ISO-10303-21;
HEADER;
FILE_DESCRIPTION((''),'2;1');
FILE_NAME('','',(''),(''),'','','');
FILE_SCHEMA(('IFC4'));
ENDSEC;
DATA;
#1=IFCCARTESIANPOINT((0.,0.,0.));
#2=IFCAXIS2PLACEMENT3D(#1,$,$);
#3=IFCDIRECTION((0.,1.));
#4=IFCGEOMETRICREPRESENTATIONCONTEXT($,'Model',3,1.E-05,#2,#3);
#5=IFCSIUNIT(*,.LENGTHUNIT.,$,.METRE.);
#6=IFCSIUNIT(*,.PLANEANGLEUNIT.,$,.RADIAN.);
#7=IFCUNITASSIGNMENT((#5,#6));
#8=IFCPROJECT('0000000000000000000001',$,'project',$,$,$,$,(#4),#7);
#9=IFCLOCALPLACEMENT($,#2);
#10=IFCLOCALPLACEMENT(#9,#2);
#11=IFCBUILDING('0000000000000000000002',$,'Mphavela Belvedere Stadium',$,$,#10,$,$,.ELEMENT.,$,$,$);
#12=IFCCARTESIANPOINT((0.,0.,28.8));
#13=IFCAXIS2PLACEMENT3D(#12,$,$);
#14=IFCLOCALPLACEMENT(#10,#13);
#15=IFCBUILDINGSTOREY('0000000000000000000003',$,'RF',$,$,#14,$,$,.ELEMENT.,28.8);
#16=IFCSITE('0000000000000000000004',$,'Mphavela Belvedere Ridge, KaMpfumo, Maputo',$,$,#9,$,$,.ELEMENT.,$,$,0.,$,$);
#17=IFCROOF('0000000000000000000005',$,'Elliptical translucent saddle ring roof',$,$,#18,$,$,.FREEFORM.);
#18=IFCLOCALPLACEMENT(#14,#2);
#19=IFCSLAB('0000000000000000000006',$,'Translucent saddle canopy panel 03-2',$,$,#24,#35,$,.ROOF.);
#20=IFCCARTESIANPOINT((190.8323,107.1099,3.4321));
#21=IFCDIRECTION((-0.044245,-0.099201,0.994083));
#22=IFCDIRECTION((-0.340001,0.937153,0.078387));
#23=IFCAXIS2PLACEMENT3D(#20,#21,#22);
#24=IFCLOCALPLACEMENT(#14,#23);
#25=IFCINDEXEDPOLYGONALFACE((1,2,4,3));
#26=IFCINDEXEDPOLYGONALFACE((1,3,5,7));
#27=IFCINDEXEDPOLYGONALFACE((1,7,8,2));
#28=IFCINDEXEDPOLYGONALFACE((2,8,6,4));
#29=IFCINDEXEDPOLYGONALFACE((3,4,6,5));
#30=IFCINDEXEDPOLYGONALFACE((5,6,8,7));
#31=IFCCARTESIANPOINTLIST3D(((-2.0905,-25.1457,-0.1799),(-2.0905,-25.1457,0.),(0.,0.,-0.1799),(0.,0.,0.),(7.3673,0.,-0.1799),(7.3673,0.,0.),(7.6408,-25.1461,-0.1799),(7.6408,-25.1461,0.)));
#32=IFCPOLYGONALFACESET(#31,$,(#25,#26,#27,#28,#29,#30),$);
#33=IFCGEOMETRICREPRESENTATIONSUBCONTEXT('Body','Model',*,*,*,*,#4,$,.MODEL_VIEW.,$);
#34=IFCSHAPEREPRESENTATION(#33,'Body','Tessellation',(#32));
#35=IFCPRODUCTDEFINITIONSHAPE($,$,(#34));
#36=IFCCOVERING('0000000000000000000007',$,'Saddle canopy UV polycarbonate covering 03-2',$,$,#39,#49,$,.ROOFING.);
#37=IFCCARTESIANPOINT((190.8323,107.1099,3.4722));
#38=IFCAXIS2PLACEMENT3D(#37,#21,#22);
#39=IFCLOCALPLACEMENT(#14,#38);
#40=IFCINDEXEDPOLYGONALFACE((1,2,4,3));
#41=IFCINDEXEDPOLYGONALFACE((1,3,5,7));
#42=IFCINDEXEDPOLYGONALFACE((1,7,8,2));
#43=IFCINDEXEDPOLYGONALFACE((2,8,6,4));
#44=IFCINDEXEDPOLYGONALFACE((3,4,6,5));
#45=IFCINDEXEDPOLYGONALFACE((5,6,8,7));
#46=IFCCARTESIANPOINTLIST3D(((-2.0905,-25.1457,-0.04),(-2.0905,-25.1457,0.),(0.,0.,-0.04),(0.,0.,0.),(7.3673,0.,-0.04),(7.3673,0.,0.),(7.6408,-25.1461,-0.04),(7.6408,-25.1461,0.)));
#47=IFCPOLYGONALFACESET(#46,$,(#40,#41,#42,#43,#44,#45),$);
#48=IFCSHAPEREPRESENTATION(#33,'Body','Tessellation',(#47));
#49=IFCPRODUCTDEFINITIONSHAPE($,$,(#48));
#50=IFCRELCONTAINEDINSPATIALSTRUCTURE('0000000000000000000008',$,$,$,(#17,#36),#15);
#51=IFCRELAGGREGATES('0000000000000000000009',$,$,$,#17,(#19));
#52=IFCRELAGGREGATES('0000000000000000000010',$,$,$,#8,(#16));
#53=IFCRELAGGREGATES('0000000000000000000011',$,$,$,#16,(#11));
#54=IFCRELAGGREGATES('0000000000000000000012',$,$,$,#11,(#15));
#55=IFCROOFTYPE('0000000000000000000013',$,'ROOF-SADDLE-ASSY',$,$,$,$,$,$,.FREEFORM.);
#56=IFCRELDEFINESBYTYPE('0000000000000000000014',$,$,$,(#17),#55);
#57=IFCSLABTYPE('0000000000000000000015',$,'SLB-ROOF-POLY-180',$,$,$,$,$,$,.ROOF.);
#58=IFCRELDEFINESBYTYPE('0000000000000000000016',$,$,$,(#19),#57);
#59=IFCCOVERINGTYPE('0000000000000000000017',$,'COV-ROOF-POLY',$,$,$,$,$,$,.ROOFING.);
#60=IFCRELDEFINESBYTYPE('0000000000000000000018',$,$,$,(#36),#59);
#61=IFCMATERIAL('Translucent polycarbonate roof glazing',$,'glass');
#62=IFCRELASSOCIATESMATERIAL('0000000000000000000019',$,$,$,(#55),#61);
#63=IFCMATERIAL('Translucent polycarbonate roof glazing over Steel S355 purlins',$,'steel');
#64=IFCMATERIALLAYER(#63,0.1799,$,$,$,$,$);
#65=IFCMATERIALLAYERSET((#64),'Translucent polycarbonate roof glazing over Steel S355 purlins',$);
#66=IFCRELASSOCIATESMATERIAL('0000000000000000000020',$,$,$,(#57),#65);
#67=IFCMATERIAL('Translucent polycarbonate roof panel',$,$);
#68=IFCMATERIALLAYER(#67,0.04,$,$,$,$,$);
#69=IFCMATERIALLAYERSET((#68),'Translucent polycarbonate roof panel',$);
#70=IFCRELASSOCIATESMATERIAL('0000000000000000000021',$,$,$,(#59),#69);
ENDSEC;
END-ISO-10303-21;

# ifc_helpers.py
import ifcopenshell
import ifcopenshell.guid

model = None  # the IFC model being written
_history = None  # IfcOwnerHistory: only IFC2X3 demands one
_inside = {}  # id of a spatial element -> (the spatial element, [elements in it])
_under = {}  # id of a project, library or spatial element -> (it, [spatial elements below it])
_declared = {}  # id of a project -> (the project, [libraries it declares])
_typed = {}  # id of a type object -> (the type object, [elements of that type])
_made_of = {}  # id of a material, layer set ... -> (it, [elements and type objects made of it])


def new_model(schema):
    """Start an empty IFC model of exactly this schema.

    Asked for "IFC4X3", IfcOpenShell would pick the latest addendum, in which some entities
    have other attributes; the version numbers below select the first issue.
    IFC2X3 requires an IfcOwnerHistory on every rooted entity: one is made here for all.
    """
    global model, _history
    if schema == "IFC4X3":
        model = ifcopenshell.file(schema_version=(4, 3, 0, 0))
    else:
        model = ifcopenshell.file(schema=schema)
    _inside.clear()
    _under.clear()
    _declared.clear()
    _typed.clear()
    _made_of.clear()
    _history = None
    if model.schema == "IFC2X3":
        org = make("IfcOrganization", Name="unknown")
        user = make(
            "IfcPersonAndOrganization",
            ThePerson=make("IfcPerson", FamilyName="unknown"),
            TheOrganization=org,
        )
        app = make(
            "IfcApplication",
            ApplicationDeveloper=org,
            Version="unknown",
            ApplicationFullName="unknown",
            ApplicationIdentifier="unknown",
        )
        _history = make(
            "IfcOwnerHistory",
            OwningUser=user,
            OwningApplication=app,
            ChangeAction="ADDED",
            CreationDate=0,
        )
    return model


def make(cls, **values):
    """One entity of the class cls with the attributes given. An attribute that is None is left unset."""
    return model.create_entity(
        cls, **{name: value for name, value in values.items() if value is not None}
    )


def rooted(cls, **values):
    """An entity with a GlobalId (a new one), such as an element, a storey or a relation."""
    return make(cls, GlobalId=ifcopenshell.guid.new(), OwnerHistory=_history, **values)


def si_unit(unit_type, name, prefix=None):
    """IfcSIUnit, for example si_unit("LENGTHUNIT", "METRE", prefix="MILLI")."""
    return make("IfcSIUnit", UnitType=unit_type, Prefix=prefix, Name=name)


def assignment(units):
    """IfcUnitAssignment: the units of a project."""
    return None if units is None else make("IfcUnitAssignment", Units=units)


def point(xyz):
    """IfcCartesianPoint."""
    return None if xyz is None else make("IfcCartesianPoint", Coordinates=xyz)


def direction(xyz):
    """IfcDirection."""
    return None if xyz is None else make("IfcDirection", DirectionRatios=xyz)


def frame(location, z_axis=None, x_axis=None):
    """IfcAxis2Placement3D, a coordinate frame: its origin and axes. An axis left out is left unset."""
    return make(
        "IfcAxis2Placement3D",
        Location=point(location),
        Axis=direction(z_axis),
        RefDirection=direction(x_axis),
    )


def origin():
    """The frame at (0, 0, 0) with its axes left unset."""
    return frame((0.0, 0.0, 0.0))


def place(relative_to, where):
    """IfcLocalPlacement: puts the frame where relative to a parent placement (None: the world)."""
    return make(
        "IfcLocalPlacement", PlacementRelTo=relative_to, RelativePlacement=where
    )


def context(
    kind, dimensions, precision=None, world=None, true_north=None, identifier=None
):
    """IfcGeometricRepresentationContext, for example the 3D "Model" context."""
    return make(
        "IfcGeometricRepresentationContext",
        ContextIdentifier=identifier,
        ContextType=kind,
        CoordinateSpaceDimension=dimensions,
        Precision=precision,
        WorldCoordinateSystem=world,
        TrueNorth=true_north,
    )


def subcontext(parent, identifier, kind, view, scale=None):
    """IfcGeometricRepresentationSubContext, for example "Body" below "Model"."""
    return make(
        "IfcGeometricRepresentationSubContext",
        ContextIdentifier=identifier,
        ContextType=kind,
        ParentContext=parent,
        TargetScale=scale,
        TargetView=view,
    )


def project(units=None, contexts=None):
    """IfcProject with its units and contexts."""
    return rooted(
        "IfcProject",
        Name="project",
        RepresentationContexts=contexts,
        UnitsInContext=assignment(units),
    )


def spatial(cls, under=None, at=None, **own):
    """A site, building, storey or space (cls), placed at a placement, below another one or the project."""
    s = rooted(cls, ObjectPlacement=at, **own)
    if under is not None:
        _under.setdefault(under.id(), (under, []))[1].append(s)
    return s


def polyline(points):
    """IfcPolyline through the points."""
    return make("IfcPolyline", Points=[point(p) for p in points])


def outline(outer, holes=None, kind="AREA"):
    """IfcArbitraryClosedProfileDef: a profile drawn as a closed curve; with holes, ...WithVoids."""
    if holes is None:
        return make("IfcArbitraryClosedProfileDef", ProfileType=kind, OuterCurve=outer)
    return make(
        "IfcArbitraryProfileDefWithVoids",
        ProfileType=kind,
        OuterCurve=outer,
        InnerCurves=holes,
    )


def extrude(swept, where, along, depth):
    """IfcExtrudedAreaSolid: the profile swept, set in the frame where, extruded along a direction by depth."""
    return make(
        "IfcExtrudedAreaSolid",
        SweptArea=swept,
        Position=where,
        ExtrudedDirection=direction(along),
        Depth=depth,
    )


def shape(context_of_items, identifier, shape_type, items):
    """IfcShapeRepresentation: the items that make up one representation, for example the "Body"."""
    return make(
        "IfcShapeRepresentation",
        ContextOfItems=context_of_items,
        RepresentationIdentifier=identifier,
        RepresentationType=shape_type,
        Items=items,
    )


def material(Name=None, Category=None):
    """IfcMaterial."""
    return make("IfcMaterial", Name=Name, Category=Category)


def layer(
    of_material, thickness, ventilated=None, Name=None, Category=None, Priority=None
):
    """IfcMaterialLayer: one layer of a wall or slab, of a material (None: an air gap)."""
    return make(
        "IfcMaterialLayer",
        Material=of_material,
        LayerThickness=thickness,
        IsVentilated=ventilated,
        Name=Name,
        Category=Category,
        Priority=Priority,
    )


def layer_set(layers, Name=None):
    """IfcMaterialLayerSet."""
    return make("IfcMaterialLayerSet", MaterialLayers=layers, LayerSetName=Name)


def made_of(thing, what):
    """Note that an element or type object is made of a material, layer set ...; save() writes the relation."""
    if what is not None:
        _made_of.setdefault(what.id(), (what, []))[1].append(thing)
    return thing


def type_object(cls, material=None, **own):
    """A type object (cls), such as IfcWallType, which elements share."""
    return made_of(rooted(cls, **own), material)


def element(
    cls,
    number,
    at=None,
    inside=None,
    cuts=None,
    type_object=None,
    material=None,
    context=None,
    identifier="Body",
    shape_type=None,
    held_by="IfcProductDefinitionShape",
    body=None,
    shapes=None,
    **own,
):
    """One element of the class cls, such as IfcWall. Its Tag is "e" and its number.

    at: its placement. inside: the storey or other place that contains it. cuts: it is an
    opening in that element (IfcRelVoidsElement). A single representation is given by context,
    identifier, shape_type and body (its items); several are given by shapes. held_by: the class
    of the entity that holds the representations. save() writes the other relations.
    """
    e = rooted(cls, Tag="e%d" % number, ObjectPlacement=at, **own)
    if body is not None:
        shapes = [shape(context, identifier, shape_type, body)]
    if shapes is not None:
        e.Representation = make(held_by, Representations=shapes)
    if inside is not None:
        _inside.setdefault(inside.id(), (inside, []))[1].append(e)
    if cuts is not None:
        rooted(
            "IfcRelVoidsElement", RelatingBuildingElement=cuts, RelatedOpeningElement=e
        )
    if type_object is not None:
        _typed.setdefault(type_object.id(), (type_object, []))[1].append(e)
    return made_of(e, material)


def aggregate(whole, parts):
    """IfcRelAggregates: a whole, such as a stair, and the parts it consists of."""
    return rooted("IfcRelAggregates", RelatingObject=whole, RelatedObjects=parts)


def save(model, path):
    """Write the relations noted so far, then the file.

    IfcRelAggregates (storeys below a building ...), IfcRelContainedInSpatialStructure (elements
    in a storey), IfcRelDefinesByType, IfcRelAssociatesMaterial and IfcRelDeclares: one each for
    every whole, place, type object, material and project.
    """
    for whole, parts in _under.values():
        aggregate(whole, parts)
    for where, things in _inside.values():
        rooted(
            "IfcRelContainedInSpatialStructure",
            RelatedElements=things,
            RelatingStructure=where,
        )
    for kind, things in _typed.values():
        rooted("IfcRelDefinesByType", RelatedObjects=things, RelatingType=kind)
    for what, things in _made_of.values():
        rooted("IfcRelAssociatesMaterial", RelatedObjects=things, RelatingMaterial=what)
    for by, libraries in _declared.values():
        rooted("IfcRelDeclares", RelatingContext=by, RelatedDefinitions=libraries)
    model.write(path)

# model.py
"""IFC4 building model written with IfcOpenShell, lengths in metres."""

from ifc_helpers import new_model, si_unit, direction, frame, origin, place, context, subcontext, project, spatial, polyline, outline, extrude, material, layer, layer_set, type_object, element, aggregate, save


model = new_model("IFC4")

# Units and contexts
model_context = context("Model", 3, precision=1e-05, world=origin(), true_north=direction((0.0, 1.0)))
body_context = subcontext(model_context, "Body", "Model", "MODEL_VIEW")
ifc_project = project(units=[si_unit("LENGTHUNIT", "METRE"), si_unit("PLANEANGLEUNIT", "RADIAN")], contexts=[model_context])

# Site, building, storey
site_placement = place(None, origin())
site = spatial("IfcSite", under=ifc_project, at=site_placement, Name="Mphavela Belvedere Ridge, KaMpfumo, Maputo", CompositionType="ELEMENT", RefElevation=0.0)
building_placement = place(site_placement, origin())
building = spatial("IfcBuilding", under=site, at=building_placement, Name="Mphavela Belvedere Stadium", CompositionType="ELEMENT")
storey_placement = place(building_placement, frame((0.0, 0.0, 28.8)))
storey = spatial("IfcBuildingStorey", under=building, at=storey_placement, Name="RF", CompositionType="ELEMENT", Elevation=28.8)

# Roof, slab
ifc_material_1 = material(Name="Translucent polycarbonate roof glazing", Category="glass")
roof_type = type_object("IfcRoofType", Name="ROOF-SADDLE-ASSY", PredefinedType="FREEFORM", material=ifc_material_1)
roof_placement = place(storey_placement, origin())
roof = element("IfcRoof", 1, at=roof_placement, inside=storey, type_object=roof_type, Name="Elliptical translucent saddle ring roof", PredefinedType="FREEFORM")
ifc_material_2 = material(Name="Translucent polycarbonate roof glazing over Steel S355 purlins", Category="steel")
ifc_layer_1 = layer(ifc_material_2, 0.1799)
ifc_layer_set_1 = layer_set([ifc_layer_1], Name="Translucent polycarbonate roof glazing over Steel S355 purlins")
slab_type = type_object("IfcSlabType", Name="SLB-ROOF-POLY-180", PredefinedType="ROOF", material=ifc_layer_set_1)
slab_1_placement = place(storey_placement, frame((190.8323, 107.1099, 3.4321), z_axis=(-0.044245, -0.099201, 0.994083), x_axis=(-0.340001, 0.937153, 0.078387)))
slab_1 = element("IfcSlab", 2, at=slab_1_placement, type_object=slab_type, Name="Translucent saddle canopy panel 03-2", PredefinedType="ROOF", context=body_context, shape_type="SweptSolid", body=[
    extrude(outline(polyline([(0.0, 0.0), (7.3673, 0.0), (7.6408, -25.1461), (-2.0905, -25.1457), (0.0, 0.0)])), origin(), (0.0, 0.0, -1.0), 0.1799),
])
aggregate(roof, [slab_1])

# Covering
ifc_material_3 = material(Name="Translucent polycarbonate roof panel")
ifc_layer_2 = layer(ifc_material_3, 0.04)
ifc_layer_set_2 = layer_set([ifc_layer_2], Name="Translucent polycarbonate roof panel")
covering_type = type_object("IfcCoveringType", Name="COV-ROOF-POLY", PredefinedType="ROOFING", material=ifc_layer_set_2)
covering_1_placement = place(storey_placement, frame((190.8323, 107.1099, 3.4722), z_axis=(-0.044245, -0.099201, 0.994083), x_axis=(-0.340001, 0.937153, 0.078387)))
element("IfcCovering", 3, at=covering_1_placement, inside=storey, type_object=covering_type, Name="Saddle canopy UV polycarbonate covering 03-2", PredefinedType="ROOFING", context=body_context, shape_type="SweptSolid", body=[
    extrude(outline(polyline([(0.0, 0.0), (7.3673, 0.0), (7.6408, -25.1461), (-2.0905, -25.1457), (0.0, 0.0)])), origin(), (0.0, 0.0, -1.0), 0.04),
])

save(model, "model.ifc")
